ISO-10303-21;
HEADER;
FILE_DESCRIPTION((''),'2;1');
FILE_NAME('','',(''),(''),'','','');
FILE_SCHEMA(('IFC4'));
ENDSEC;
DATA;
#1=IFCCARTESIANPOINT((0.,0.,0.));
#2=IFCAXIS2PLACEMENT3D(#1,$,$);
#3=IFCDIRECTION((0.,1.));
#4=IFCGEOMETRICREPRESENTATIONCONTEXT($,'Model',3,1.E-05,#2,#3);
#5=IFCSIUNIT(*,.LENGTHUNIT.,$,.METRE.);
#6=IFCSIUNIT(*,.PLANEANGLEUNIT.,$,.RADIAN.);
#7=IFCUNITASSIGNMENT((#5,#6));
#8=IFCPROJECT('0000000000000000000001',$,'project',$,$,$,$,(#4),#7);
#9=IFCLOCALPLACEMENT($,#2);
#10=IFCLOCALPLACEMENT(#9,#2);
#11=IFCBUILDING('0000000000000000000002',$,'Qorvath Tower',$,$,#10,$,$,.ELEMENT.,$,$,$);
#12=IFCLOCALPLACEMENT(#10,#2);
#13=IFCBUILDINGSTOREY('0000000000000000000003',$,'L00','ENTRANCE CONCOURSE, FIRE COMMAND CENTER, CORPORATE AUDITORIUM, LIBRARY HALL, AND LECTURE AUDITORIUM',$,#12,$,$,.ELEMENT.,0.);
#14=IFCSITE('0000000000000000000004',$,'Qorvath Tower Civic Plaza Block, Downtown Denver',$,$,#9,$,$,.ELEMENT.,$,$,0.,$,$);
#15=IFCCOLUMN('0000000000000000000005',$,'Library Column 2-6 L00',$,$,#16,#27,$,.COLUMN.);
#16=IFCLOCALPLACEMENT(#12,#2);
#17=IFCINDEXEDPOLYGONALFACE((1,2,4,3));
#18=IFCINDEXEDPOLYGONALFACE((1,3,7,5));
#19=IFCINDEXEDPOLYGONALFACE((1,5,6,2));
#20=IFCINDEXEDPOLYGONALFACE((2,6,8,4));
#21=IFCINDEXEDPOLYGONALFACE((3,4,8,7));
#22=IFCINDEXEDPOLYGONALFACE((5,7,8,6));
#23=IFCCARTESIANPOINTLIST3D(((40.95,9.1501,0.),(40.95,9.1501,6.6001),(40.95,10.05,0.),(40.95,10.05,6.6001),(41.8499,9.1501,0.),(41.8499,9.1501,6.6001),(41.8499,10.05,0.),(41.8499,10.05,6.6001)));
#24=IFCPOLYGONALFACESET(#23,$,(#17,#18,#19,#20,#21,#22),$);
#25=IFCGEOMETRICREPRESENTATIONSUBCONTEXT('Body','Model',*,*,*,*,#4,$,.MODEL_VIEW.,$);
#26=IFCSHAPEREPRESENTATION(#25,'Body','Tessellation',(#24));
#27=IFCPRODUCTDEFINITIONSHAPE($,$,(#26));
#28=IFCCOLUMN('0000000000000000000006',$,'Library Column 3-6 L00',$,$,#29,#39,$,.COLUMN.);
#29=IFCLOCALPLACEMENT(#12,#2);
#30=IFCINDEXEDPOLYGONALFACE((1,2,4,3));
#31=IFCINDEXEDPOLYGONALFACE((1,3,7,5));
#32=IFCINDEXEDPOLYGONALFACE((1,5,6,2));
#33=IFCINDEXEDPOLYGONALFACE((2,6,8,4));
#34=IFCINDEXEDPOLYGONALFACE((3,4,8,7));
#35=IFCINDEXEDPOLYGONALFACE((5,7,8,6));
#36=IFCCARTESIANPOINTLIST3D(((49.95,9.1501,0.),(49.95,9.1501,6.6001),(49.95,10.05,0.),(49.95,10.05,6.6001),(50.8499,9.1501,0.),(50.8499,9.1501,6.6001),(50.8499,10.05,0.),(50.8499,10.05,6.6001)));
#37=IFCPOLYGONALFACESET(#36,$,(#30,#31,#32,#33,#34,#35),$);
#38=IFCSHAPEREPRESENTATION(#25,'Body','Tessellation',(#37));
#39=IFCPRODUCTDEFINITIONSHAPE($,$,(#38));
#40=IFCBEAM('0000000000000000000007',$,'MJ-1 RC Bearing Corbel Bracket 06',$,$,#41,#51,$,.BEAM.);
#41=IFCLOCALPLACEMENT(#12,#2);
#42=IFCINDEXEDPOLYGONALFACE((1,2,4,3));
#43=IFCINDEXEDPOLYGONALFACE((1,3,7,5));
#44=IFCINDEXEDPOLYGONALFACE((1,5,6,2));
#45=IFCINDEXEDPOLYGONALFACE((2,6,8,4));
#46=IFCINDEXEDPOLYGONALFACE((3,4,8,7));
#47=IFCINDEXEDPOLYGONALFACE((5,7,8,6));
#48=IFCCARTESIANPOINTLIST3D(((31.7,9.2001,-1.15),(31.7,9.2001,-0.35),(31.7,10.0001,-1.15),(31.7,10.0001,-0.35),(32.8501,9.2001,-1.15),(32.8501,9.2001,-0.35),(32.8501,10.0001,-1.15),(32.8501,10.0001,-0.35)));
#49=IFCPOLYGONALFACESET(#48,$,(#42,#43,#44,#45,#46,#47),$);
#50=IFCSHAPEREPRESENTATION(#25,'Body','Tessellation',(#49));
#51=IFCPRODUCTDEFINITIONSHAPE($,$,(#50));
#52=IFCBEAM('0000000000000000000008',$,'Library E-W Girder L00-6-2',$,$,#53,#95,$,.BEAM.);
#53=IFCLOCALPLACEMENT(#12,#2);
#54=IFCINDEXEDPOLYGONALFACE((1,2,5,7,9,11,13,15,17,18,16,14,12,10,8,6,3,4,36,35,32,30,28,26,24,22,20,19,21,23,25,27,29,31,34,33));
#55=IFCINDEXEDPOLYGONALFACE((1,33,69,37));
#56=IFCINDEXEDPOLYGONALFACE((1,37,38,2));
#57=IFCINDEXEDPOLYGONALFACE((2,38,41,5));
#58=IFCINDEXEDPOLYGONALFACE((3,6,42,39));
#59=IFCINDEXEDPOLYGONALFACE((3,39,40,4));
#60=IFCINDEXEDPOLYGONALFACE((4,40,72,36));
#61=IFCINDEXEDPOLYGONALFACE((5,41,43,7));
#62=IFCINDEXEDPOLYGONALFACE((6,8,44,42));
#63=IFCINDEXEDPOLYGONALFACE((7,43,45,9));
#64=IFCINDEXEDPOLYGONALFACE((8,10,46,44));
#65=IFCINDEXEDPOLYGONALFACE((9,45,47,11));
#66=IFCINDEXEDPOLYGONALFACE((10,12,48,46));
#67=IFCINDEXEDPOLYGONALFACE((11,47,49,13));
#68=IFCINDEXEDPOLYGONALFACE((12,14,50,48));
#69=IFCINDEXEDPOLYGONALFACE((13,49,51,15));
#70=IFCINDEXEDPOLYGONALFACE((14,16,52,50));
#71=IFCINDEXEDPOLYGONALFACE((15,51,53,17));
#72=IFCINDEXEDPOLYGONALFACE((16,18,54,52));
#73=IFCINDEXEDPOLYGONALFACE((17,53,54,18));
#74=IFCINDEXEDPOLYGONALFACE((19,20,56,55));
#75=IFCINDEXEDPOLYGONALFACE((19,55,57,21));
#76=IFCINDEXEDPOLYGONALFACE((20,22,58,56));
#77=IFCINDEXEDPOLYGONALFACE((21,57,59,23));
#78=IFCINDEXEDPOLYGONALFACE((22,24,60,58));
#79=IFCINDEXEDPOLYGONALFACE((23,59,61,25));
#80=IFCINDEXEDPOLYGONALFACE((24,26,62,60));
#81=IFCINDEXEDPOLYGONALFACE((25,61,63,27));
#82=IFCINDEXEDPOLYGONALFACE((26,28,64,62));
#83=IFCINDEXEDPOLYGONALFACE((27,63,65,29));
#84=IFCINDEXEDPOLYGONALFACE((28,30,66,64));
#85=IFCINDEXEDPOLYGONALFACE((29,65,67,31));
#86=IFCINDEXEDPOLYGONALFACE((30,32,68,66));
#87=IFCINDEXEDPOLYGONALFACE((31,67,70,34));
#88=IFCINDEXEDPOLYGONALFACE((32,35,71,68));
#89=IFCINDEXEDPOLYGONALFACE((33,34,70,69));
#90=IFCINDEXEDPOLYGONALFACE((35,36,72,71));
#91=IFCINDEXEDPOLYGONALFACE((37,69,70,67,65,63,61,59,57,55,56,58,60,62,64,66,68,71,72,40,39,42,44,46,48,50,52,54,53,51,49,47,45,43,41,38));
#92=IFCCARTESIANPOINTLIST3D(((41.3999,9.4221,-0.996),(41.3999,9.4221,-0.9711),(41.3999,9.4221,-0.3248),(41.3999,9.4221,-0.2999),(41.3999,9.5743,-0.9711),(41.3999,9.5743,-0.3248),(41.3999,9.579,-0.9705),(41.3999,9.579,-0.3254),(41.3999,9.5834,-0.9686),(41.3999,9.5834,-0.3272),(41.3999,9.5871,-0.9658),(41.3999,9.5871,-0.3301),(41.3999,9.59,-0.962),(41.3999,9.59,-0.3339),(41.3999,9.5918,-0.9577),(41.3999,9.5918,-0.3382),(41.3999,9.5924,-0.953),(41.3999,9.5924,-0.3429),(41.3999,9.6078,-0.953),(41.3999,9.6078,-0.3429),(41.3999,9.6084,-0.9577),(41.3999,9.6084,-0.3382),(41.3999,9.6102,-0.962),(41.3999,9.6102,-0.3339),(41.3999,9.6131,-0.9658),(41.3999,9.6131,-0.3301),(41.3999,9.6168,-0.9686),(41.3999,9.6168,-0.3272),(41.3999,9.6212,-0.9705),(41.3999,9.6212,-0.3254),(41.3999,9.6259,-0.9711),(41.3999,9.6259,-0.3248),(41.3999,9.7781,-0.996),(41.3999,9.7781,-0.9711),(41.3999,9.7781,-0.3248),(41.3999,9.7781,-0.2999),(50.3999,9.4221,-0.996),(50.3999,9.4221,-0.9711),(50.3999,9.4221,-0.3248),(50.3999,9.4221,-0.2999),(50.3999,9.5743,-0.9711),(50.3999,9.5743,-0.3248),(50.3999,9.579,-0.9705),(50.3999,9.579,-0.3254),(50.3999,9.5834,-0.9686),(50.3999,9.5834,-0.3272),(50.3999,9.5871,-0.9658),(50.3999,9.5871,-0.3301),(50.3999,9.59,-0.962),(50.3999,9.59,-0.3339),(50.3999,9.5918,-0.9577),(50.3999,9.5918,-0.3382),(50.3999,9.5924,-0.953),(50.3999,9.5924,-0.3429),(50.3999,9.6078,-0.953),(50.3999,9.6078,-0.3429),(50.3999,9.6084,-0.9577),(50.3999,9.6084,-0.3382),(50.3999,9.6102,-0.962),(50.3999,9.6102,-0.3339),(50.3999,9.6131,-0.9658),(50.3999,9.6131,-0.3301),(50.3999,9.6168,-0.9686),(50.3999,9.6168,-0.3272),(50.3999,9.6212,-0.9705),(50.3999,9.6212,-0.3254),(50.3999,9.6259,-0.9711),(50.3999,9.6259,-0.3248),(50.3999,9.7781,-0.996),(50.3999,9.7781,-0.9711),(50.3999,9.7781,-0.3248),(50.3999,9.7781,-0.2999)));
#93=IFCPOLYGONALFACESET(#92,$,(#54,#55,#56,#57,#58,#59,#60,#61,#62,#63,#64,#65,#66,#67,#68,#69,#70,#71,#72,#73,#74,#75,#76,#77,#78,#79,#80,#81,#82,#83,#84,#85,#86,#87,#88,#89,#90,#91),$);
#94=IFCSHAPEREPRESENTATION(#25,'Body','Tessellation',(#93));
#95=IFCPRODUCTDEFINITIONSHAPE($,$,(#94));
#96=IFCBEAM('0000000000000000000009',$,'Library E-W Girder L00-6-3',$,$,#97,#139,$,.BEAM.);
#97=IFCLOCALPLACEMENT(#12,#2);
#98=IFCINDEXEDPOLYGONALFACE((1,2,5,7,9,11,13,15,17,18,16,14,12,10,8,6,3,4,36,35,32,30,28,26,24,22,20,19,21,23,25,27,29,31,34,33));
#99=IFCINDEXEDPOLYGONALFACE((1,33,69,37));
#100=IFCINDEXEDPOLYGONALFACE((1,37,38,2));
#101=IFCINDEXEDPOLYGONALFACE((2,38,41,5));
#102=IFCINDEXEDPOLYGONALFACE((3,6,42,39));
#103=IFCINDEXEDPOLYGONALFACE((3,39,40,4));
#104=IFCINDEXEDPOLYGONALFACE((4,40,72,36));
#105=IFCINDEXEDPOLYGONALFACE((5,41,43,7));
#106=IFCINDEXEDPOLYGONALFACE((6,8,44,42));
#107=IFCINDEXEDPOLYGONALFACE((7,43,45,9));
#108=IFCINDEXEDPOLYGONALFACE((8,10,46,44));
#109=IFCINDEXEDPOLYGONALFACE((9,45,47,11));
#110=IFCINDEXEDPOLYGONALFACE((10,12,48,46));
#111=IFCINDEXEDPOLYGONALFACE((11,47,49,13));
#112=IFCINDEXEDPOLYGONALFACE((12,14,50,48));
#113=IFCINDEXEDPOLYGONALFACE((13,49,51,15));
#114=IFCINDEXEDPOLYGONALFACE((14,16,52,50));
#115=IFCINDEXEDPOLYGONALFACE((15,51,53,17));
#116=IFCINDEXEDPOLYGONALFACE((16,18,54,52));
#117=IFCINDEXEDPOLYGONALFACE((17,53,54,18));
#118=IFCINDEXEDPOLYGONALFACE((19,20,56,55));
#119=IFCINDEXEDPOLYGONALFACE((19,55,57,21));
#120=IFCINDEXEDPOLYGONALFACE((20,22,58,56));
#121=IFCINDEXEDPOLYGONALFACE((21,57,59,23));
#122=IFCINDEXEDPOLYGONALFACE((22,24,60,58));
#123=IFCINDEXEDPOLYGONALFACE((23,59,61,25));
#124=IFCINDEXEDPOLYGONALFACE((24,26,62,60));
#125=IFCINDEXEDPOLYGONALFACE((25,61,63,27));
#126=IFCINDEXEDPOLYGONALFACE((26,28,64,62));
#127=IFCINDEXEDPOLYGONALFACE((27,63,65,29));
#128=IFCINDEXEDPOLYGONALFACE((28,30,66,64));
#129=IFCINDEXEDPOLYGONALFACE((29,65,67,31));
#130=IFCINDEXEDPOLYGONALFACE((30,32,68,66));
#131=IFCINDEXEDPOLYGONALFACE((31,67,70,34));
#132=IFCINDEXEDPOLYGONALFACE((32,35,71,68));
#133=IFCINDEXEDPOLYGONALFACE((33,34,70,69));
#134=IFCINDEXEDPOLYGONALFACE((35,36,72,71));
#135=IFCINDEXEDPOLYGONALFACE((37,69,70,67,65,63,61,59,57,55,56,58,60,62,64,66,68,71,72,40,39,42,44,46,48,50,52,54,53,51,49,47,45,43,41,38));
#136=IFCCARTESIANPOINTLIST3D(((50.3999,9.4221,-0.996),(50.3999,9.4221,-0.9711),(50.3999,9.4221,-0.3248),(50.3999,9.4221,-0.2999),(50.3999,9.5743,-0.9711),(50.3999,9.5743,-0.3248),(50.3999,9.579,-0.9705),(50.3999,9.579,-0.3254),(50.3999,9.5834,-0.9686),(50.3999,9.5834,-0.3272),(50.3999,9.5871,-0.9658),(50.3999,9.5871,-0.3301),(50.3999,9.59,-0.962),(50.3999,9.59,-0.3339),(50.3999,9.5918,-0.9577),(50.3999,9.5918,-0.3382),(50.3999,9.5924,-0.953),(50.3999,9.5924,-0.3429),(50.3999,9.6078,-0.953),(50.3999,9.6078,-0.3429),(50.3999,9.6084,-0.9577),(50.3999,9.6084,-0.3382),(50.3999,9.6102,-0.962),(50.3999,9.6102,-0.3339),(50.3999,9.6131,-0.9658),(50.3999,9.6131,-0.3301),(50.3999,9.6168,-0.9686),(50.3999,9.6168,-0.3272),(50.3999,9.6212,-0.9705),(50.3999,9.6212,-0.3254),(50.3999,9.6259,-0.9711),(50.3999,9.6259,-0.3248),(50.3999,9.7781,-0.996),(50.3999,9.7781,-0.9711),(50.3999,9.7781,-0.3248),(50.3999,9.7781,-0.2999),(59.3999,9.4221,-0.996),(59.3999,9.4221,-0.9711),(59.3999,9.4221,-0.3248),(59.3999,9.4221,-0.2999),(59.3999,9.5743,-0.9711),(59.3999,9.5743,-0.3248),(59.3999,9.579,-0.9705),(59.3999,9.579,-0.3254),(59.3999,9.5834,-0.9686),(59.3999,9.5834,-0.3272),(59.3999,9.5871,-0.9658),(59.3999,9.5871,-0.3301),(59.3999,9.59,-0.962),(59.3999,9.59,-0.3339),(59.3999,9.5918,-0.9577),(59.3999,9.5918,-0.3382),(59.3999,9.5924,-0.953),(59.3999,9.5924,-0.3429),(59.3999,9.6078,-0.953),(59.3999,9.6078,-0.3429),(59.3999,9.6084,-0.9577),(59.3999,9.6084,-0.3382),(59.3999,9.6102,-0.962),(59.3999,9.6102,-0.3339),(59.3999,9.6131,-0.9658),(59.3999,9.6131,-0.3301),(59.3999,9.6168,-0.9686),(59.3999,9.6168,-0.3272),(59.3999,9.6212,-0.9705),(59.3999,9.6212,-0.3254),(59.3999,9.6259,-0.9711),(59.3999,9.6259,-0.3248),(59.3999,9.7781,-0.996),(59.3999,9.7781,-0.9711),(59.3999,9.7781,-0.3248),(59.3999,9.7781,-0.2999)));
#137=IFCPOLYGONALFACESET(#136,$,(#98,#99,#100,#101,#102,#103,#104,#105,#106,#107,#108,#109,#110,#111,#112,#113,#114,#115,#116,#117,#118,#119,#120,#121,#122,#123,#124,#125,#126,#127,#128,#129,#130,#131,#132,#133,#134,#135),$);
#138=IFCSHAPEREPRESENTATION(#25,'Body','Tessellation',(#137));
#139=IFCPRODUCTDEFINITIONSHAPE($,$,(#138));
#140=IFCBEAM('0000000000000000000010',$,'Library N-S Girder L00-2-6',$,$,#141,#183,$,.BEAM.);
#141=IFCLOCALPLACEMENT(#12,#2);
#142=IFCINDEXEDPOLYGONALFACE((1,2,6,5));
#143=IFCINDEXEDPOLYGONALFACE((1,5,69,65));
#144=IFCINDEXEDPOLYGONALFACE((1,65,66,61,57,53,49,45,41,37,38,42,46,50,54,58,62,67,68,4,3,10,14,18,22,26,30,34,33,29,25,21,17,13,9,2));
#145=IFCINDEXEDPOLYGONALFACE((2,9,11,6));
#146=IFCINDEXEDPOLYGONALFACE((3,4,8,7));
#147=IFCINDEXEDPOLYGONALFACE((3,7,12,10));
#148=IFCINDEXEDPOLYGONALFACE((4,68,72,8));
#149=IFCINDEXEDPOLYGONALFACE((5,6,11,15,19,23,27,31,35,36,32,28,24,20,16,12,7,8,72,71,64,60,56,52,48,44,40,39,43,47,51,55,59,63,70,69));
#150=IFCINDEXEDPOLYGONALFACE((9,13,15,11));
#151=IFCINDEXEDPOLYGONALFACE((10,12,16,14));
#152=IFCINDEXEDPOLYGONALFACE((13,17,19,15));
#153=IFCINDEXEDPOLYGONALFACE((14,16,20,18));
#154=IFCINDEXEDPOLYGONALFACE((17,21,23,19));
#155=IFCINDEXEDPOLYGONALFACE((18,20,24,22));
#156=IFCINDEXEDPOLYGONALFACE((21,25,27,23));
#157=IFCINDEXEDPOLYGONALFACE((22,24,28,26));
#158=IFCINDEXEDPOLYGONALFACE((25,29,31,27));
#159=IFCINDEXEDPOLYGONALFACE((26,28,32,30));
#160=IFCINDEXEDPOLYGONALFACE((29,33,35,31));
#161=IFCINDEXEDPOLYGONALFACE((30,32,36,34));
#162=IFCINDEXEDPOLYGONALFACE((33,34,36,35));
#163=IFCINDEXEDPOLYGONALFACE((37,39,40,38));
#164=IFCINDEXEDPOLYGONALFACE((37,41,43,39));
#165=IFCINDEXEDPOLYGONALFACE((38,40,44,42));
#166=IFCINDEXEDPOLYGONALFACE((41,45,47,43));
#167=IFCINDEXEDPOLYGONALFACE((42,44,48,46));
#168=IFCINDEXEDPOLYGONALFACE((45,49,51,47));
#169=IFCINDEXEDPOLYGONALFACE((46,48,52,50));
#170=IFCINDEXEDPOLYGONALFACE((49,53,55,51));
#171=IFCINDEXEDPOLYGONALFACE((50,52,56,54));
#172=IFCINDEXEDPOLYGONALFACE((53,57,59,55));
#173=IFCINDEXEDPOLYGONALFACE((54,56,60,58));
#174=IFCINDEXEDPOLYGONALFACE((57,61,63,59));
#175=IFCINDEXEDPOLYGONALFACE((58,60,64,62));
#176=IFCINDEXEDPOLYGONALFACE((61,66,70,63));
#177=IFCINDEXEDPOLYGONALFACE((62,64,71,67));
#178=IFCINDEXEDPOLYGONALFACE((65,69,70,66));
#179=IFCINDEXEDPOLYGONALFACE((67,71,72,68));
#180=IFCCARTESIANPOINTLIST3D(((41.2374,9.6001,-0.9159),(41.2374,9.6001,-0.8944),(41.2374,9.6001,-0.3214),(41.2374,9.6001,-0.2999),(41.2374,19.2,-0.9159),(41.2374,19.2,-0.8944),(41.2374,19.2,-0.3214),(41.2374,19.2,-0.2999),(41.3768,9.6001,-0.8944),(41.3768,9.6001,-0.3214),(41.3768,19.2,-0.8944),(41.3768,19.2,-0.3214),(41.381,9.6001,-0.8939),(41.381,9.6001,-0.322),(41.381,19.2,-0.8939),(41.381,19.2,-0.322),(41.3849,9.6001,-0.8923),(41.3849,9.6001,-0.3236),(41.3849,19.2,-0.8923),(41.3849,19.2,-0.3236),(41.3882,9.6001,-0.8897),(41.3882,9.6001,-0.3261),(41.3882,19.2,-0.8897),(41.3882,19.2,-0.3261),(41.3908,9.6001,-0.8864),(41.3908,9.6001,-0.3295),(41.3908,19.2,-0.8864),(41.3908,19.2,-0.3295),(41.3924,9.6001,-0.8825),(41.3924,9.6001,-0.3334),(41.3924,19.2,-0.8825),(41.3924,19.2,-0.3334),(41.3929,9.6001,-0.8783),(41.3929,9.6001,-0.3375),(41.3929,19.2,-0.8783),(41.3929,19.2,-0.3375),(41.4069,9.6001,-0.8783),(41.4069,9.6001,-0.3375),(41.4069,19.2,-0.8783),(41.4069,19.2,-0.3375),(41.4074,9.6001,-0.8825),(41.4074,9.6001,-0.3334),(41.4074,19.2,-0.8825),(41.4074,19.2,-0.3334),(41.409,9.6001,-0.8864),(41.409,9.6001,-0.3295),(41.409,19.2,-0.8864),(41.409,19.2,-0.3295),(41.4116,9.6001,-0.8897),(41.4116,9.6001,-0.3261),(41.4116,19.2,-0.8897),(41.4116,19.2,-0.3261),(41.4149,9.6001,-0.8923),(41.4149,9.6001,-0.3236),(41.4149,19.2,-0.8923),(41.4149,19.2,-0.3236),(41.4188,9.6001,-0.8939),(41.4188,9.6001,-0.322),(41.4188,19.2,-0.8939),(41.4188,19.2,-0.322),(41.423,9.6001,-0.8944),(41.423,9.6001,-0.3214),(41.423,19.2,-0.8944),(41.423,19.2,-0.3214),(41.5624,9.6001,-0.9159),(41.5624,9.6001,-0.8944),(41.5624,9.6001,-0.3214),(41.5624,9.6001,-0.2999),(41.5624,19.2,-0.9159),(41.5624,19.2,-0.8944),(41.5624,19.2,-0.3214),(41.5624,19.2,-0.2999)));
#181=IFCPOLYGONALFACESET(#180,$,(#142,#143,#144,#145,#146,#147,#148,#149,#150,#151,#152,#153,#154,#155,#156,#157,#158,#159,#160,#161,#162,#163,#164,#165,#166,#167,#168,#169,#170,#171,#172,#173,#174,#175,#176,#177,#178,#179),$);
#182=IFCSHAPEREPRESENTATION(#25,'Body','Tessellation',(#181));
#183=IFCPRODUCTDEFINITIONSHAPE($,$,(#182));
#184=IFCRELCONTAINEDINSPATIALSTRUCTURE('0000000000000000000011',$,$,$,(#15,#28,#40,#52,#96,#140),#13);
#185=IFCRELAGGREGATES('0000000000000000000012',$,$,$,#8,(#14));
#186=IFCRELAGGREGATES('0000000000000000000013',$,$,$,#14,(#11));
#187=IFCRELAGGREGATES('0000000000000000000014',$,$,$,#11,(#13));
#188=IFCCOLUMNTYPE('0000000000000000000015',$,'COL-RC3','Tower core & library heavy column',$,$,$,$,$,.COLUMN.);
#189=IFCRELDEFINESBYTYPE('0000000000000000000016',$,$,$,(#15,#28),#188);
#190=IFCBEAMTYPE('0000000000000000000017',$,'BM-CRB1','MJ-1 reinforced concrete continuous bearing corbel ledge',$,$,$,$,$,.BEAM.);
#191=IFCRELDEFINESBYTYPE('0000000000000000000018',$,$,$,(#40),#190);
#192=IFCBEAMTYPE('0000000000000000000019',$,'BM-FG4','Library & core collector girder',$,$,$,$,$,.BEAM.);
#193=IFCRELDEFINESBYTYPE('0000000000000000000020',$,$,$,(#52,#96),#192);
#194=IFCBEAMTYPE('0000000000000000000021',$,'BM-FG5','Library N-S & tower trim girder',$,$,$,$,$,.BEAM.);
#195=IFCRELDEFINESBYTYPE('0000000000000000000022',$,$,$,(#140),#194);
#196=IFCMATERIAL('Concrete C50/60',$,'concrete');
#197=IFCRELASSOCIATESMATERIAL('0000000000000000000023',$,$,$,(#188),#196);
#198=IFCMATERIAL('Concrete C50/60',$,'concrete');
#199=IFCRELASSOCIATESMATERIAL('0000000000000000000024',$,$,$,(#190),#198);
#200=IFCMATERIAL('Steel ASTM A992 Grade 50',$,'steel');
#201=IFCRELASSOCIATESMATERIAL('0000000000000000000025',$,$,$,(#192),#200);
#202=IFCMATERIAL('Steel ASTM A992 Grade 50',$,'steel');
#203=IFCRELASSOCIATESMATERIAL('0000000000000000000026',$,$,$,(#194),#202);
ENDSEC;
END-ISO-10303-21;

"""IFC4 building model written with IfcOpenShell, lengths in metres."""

from ifc_helpers import new_model, si_unit, direction, frame, origin, origin_2d, place, context, subcontext, project, spatial, rectangle, i_section, extrude, material, material_profile, profile_set, type_object, element, save


model = new_model("IFC4")

# Units and contexts
model_context = context("Model", 3, precision=1e-05, world=origin(), true_north=direction((0.0, 1.0)))
body_context = subcontext(model_context, "Body", "Model", "MODEL_VIEW")
ifc_project = project(units=[si_unit("LENGTHUNIT", "METRE"), si_unit("PLANEANGLEUNIT", "RADIAN")], contexts=[model_context])

# Site, building, storey
site_placement = place(None, origin())
site = spatial("IfcSite", under=ifc_project, at=site_placement, Name="Qorvath Tower Civic Plaza Block, Downtown Denver", CompositionType="ELEMENT", RefElevation=0.0)
building_placement = place(site_placement, origin())
building = spatial("IfcBuilding", under=site, at=building_placement, Name="Qorvath Tower", CompositionType="ELEMENT")
storey_placement = place(building_placement, origin())
storey = spatial("IfcBuildingStorey", under=building, at=storey_placement, Name="L00", Description="ENTRANCE CONCOURSE, FIRE COMMAND CENTER, CORPORATE AUDITORIUM, LIBRARY HALL, AND LECTURE AUDITORIUM", CompositionType="ELEMENT", Elevation=0.0)

# Columns
ifc_material_1 = material(Name="Concrete C50/60", Category="concrete")
ifc_material_profile_1 = material_profile(ifc_material_1, rectangle(XDim=0.8999, YDim=0.8999, at=origin_2d()), Name="RC 900x900")
ifc_profile_set_1 = profile_set([ifc_material_profile_1], Name="Concrete C50/60")
column_type = type_object("IfcColumnType", Name="COL-RC3", Description="Tower core & library heavy column", PredefinedType="COLUMN", material=ifc_profile_set_1)
for number, where, z_axis, x_axis, name in (
    (1, (41.3999, 9.6001, 0.0), (0.0, 0.0, 1.0), (1.0, 0.0, 0.0), "Library Column 2-6 L00"),
    (2, (50.3999, 9.6001, 0.0), (0.0, 0.0, 1.0), (1.0, 0.0, 0.0), "Library Column 3-6 L00"),
):
    element("IfcColumn", number, at=place(storey_placement, frame(where, z_axis=z_axis, x_axis=x_axis)), inside=storey, type_object=column_type, Name=name, PredefinedType="COLUMN", context=body_context, shape_type="SweptSolid", body=[
        extrude(rectangle(XDim=0.8999, YDim=0.8999, at=origin_2d()), origin(), (0.0, 0.0, 1.0), 6.6001),
    ])

# Beams
ifc_material_2 = material(Name="Concrete C50/60", Category="concrete")
ifc_material_profile_2 = material_profile(ifc_material_2, rectangle(XDim=0.8, YDim=0.8, at=origin_2d()), Name="RC 800x800")
ifc_profile_set_2 = profile_set([ifc_material_profile_2], Name="Concrete C50/60")
beam_type_1 = type_object("IfcBeamType", Name="BM-CRB1", Description="MJ-1 reinforced concrete continuous bearing corbel ledge", PredefinedType="BEAM", material=ifc_profile_set_2)
beam_1_placement = place(storey_placement, frame((32.8501, 9.6001, -0.75), z_axis=(-1.0, 0.0, 0.0), x_axis=(0.0, -1.0, 0.0)))
element("IfcBeam", 3, at=beam_1_placement, inside=storey, type_object=beam_type_1, Name="MJ-1 RC Bearing Corbel Bracket 06", PredefinedType="BEAM", context=body_context, shape_type="SweptSolid", body=[
    extrude(rectangle(XDim=0.8, YDim=0.8, at=origin_2d()), origin(), (0.0, 0.0, 1.0), 1.1501),
])
ifc_material_3 = material(Name="Steel ASTM A992 Grade 50", Category="steel")
ifc_material_profile_3 = material_profile(ifc_material_3, i_section(OverallWidth=0.356, OverallDepth=0.696, WebThickness=0.0154, FlangeThickness=0.0249, FilletRadius=0.0181, at=origin_2d()), Name="W27x146")
ifc_profile_set_3 = profile_set([ifc_material_profile_3], Name="Steel ASTM A992 Grade 50")
beam_type_2 = type_object("IfcBeamType", Name="BM-FG4", Description="Library & core collector girder", PredefinedType="BEAM", material=ifc_profile_set_3)
for number, where, z_axis, x_axis, name in (
    (4, (41.3999, 9.6001, -0.6479), (1.0, 0.0, 0.0), (0.0, 1.0, 0.0), "Library E-W Girder L00-6-2"),
    (5, (50.3999, 9.6001, -0.6479), (1.0, 0.0, 0.0), (0.0, 1.0, 0.0), "Library E-W Girder L00-6-3"),
):
    element("IfcBeam", number, at=place(storey_placement, frame(where, z_axis=z_axis, x_axis=x_axis)), inside=storey, type_object=beam_type_2, Name=name, PredefinedType="BEAM", context=body_context, shape_type="SweptSolid", body=[
        extrude(i_section(OverallWidth=0.356, OverallDepth=0.696, WebThickness=0.0154, FlangeThickness=0.0249, FilletRadius=0.0181, at=origin_2d()), origin(), (0.0, 0.0, 1.0), 9.0),
    ])
ifc_material_4 = material(Name="Steel ASTM A992 Grade 50", Category="steel")
ifc_material_profile_4 = material_profile(ifc_material_4, i_section(OverallWidth=0.325, OverallDepth=0.616, WebThickness=0.0139, FlangeThickness=0.0215, FilletRadius=0.0161, at=origin_2d()), Name="W24x117")
ifc_profile_set_4 = profile_set([ifc_material_profile_4], Name="Steel ASTM A992 Grade 50")
beam_type_3 = type_object("IfcBeamType", Name="BM-FG5", Description="Library N-S & tower trim girder", PredefinedType="BEAM", material=ifc_profile_set_4)
for number, where, z_axis, x_axis, name in (
    (6, (41.3999, 9.6001, -0.6079), (0.0, 1.0, 0.0), (-1.0, 0.0, 0.0), "Library N-S Girder L00-2-6"),
):
    element("IfcBeam", number, at=place(storey_placement, frame(where, z_axis=z_axis, x_axis=x_axis)), inside=storey, type_object=beam_type_3, Name=name, PredefinedType="BEAM", context=body_context, shape_type="SweptSolid", body=[
        extrude(i_section(OverallWidth=0.325, OverallDepth=0.616, WebThickness=0.0139, FlangeThickness=0.0215, FilletRadius=0.0161, at=origin_2d()), origin(), (0.0, 0.0, 1.0), 9.5999),
    ])

save(model, "model.ifc")
